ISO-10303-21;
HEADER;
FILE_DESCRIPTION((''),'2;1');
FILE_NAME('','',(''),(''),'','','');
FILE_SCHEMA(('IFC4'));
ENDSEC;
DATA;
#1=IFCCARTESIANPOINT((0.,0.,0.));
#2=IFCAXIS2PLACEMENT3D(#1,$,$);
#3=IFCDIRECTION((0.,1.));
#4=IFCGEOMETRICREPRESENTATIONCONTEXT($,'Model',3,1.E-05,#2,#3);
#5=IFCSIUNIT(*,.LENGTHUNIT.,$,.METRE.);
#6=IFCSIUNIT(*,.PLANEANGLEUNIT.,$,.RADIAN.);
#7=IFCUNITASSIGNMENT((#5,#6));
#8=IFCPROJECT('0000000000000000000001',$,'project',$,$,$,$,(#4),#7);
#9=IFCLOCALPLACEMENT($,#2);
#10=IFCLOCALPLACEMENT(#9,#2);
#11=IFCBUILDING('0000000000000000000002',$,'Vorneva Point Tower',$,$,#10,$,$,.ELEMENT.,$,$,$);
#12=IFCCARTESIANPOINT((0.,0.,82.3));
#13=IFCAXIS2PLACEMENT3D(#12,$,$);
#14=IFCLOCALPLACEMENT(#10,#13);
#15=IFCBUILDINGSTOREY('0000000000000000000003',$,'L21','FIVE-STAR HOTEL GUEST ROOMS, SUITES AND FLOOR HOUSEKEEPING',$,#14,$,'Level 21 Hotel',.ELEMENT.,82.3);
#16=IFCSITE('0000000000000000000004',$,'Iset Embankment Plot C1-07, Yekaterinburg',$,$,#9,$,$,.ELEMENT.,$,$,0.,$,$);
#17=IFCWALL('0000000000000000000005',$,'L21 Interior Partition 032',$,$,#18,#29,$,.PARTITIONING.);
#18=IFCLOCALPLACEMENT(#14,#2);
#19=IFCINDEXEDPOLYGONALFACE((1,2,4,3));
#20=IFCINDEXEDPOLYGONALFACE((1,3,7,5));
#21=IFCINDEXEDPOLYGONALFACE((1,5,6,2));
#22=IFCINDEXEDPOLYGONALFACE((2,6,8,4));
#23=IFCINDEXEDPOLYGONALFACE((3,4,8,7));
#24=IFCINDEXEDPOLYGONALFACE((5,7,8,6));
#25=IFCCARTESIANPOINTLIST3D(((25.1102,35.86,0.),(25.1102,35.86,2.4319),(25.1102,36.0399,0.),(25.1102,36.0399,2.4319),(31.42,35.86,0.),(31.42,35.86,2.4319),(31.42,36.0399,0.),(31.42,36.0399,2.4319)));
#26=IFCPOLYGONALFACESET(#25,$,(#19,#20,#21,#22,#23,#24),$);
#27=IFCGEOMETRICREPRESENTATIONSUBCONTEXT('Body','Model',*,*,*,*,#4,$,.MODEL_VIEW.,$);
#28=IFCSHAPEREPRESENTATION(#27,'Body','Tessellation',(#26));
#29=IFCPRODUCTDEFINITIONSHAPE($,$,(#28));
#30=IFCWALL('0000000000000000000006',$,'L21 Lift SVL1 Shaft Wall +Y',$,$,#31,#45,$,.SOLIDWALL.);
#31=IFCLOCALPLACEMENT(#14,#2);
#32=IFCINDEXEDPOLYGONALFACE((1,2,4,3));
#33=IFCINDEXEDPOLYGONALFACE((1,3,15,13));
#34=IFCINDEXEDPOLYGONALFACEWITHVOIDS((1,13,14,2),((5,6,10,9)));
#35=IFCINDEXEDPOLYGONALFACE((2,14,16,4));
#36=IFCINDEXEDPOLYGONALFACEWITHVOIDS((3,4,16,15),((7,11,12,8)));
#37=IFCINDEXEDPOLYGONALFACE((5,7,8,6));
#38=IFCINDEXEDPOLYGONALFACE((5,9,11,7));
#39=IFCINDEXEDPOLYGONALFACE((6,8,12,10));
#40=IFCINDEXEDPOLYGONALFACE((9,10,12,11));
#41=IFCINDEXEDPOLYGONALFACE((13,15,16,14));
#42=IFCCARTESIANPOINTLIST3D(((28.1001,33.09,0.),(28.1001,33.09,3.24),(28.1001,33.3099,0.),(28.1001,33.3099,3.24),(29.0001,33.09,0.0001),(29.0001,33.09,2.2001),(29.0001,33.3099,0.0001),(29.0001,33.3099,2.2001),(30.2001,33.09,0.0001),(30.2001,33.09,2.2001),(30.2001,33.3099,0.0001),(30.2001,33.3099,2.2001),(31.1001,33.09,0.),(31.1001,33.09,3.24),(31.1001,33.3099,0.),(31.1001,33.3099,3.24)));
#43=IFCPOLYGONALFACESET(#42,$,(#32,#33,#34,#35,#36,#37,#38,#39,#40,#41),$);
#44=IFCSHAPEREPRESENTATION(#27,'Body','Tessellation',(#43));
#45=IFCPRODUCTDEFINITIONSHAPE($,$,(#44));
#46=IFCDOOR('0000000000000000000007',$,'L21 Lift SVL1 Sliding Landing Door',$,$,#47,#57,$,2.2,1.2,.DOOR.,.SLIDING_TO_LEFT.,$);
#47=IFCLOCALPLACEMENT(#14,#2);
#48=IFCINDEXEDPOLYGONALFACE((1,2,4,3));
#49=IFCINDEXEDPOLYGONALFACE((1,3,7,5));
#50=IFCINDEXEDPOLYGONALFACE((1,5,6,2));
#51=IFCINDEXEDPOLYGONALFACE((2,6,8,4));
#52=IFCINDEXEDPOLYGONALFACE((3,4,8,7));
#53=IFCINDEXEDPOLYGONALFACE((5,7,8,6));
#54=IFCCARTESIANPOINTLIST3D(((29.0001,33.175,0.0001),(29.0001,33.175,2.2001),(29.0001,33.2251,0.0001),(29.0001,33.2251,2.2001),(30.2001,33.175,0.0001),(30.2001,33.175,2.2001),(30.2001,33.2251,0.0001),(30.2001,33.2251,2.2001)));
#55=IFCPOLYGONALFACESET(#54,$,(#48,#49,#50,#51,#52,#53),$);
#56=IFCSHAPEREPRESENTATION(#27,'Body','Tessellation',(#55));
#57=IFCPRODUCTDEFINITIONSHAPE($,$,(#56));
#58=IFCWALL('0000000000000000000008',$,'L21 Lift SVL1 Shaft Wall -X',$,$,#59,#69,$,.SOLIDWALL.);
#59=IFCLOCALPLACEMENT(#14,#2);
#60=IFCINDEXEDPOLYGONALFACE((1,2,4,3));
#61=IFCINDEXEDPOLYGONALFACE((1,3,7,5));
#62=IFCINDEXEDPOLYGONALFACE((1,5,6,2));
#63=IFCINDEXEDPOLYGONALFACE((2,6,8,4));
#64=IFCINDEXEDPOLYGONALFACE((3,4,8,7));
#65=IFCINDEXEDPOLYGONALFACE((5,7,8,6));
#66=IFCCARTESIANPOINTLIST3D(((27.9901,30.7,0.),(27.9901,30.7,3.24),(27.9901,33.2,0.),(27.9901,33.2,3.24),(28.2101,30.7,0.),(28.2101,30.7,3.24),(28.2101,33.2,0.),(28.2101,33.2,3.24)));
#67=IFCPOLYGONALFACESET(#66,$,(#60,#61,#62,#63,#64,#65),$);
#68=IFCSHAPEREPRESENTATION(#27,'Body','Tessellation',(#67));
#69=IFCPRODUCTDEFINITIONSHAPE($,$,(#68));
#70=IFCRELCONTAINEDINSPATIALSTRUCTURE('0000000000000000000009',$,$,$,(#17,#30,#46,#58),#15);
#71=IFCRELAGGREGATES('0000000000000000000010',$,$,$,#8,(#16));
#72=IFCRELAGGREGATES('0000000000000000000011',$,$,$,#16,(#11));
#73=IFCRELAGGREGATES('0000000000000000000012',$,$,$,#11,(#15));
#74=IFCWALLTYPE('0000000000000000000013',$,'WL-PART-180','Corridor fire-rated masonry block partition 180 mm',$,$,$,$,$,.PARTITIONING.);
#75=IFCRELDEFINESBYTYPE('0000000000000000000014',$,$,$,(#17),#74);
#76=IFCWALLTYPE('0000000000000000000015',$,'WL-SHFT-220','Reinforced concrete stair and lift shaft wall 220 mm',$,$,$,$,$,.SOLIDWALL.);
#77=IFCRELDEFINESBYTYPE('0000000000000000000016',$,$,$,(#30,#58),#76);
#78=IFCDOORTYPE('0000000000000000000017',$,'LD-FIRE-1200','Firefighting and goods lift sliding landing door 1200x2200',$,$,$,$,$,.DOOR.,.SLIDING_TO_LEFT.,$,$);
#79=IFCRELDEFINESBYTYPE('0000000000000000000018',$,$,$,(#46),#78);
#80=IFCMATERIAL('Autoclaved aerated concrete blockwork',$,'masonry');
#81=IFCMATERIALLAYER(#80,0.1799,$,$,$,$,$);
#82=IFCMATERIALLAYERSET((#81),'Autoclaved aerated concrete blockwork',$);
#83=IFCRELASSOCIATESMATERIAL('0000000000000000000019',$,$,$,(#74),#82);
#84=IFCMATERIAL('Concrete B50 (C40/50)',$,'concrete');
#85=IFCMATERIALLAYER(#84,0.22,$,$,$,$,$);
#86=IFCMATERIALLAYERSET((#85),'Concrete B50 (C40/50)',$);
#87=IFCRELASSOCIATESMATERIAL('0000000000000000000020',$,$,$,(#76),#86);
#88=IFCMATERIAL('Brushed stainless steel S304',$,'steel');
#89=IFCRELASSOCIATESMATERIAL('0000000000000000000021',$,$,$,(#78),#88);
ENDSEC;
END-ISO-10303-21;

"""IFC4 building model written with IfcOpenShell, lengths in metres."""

from ifc_helpers import new_model, si_unit, direction, frame, frame_2d, origin, place, context, subcontext, project, spatial, rectangle, extrude, material, layer, layer_set, type_object, element, fill, save


model = new_model("IFC4")

# Units and contexts
model_context = context("Model", 3, precision=1e-05, world=origin(), true_north=direction((0.0, 1.0)))
body_context = subcontext(model_context, "Body", "Model", "MODEL_VIEW")
ifc_project = project(units=[si_unit("LENGTHUNIT", "METRE"), si_unit("PLANEANGLEUNIT", "RADIAN")], contexts=[model_context])

# Site, building, storey
site_placement = place(None, origin())
site = spatial("IfcSite", under=ifc_project, at=site_placement, Name="Iset Embankment Plot C1-07, Yekaterinburg", CompositionType="ELEMENT", RefElevation=0.0)
building_placement = place(site_placement, origin())
building = spatial("IfcBuilding", under=site, at=building_placement, Name="Vorneva Point Tower", CompositionType="ELEMENT")
storey_placement = place(building_placement, frame((0.0, 0.0, 82.3)))
storey = spatial("IfcBuildingStorey", under=building, at=storey_placement, Name="L21", Description="FIVE-STAR HOTEL GUEST ROOMS, SUITES AND FLOOR HOUSEKEEPING", LongName="Level 21 Hotel", CompositionType="ELEMENT", Elevation=82.3)

# Shared definitions
ifc_material_1 = material(Name="Autoclaved aerated concrete blockwork", Category="masonry")
ifc_layer_1 = layer(ifc_material_1, 0.1799)
ifc_layer_set_1 = layer_set([ifc_layer_1], Name="Autoclaved aerated concrete blockwork")
wall_type_1 = type_object("IfcWallType", Name="WL-PART-180", Description="Corridor fire-rated masonry block partition 180 mm", PredefinedType="PARTITIONING", material=ifc_layer_set_1)

# Wall
wall_1_placement = place(storey_placement, frame((31.4199, 35.95, 0.0), z_axis=(0.0, 0.0, 1.0), x_axis=(-1.0, 0.0, 0.0)))
element("IfcWall", 1, at=wall_1_placement, inside=storey, type_object=wall_type_1, Name="L21 Interior Partition 032", PredefinedType="PARTITIONING", context=body_context, shape_type="SweptSolid", body=[
    extrude(rectangle(XDim=6.3098, YDim=0.1799, at=frame_2d((3.1548, 0.0))), origin(), (0.0, 0.0, 1.0), 2.4319),
])

# Wall, opening, door
ifc_material_2 = material(Name="Concrete B50 (C40/50)", Category="concrete")
ifc_layer_2 = layer(ifc_material_2, 0.22)
ifc_layer_set_2 = layer_set([ifc_layer_2], Name="Concrete B50 (C40/50)")
wall_type_2 = type_object("IfcWallType", Name="WL-SHFT-220", Description="Reinforced concrete stair and lift shaft wall 220 mm", PredefinedType="SOLIDWALL", material=ifc_layer_set_2)
wall_2_placement = place(storey_placement, frame((31.1001, 33.2, 0.0), z_axis=(0.0, 0.0, 1.0), x_axis=(-1.0, 0.0, 0.0)))
wall_2 = element("IfcWall", 2, at=wall_2_placement, inside=storey, type_object=wall_type_2, Name="L21 Lift SVL1 Shaft Wall +Y", PredefinedType="SOLIDWALL", context=body_context, shape_type="SweptSolid", body=[
    extrude(rectangle(XDim=3.0, YDim=0.22, at=frame_2d((1.5, 0.0))), origin(), (0.0, 0.0, 1.0), 3.24),
])
opening_1_placement = place(wall_2_placement, frame((0.8999, 0.0, 0.0)))
opening_1 = element("IfcOpeningElement", 3, at=opening_1_placement, cuts=wall_2, PredefinedType="OPENING", context=body_context, shape_type="SweptSolid", body=[
    extrude(rectangle(XDim=1.2, YDim=2.2, at=frame_2d((0.6001, 1.1001))), frame((0.0, 0.125, 0.0), z_axis=(0.0, -1.0, 0.0), x_axis=(1.0, 0.0, 0.0)), (0.0, 0.0, 1.0), 0.2498),
])
ifc_material_3 = material(Name="Brushed stainless steel S304", Category="steel")
door_type_1 = type_object("IfcDoorType", Name="LD-FIRE-1200", Description="Firefighting and goods lift sliding landing door 1200x2200", OperationType="SLIDING_TO_LEFT", PredefinedType="DOOR", material=ifc_material_3)
door_1_placement = place(opening_1_placement, origin())
door_1 = element("IfcDoor", 4, at=door_1_placement, inside=storey, type_object=door_type_1, Name="L21 Lift SVL1 Sliding Landing Door", OperationType="SLIDING_TO_LEFT", OverallHeight=2.2, OverallWidth=1.2, PredefinedType="DOOR", context=body_context, shape_type="SweptSolid", body=[
    extrude(rectangle(XDim=1.2, YDim=2.2, at=frame_2d((0.6001, 1.1001))), frame((0.0, 0.0249, 0.0), z_axis=(0.0, -1.0, 0.0), x_axis=(1.0, 0.0, 0.0)), (0.0, 0.0, 1.0), 0.05),
])
fill(opening_1, door_1)

# Wall
wall_3_placement = place(storey_placement, frame((28.1001, 33.2, 0.0), z_axis=(0.0, 0.0, 1.0), x_axis=(0.0, -1.0, 0.0)))
element("IfcWall", 5, at=wall_3_placement, inside=storey, type_object=wall_type_2, Name="L21 Lift SVL1 Shaft Wall -X", PredefinedType="SOLIDWALL", context=body_context, shape_type="SweptSolid", body=[
    extrude(rectangle(XDim=2.5, YDim=0.22, at=frame_2d((1.25, 0.0))), origin(), (0.0, 0.0, 1.0), 3.24),
])

save(model, "model.ifc")
